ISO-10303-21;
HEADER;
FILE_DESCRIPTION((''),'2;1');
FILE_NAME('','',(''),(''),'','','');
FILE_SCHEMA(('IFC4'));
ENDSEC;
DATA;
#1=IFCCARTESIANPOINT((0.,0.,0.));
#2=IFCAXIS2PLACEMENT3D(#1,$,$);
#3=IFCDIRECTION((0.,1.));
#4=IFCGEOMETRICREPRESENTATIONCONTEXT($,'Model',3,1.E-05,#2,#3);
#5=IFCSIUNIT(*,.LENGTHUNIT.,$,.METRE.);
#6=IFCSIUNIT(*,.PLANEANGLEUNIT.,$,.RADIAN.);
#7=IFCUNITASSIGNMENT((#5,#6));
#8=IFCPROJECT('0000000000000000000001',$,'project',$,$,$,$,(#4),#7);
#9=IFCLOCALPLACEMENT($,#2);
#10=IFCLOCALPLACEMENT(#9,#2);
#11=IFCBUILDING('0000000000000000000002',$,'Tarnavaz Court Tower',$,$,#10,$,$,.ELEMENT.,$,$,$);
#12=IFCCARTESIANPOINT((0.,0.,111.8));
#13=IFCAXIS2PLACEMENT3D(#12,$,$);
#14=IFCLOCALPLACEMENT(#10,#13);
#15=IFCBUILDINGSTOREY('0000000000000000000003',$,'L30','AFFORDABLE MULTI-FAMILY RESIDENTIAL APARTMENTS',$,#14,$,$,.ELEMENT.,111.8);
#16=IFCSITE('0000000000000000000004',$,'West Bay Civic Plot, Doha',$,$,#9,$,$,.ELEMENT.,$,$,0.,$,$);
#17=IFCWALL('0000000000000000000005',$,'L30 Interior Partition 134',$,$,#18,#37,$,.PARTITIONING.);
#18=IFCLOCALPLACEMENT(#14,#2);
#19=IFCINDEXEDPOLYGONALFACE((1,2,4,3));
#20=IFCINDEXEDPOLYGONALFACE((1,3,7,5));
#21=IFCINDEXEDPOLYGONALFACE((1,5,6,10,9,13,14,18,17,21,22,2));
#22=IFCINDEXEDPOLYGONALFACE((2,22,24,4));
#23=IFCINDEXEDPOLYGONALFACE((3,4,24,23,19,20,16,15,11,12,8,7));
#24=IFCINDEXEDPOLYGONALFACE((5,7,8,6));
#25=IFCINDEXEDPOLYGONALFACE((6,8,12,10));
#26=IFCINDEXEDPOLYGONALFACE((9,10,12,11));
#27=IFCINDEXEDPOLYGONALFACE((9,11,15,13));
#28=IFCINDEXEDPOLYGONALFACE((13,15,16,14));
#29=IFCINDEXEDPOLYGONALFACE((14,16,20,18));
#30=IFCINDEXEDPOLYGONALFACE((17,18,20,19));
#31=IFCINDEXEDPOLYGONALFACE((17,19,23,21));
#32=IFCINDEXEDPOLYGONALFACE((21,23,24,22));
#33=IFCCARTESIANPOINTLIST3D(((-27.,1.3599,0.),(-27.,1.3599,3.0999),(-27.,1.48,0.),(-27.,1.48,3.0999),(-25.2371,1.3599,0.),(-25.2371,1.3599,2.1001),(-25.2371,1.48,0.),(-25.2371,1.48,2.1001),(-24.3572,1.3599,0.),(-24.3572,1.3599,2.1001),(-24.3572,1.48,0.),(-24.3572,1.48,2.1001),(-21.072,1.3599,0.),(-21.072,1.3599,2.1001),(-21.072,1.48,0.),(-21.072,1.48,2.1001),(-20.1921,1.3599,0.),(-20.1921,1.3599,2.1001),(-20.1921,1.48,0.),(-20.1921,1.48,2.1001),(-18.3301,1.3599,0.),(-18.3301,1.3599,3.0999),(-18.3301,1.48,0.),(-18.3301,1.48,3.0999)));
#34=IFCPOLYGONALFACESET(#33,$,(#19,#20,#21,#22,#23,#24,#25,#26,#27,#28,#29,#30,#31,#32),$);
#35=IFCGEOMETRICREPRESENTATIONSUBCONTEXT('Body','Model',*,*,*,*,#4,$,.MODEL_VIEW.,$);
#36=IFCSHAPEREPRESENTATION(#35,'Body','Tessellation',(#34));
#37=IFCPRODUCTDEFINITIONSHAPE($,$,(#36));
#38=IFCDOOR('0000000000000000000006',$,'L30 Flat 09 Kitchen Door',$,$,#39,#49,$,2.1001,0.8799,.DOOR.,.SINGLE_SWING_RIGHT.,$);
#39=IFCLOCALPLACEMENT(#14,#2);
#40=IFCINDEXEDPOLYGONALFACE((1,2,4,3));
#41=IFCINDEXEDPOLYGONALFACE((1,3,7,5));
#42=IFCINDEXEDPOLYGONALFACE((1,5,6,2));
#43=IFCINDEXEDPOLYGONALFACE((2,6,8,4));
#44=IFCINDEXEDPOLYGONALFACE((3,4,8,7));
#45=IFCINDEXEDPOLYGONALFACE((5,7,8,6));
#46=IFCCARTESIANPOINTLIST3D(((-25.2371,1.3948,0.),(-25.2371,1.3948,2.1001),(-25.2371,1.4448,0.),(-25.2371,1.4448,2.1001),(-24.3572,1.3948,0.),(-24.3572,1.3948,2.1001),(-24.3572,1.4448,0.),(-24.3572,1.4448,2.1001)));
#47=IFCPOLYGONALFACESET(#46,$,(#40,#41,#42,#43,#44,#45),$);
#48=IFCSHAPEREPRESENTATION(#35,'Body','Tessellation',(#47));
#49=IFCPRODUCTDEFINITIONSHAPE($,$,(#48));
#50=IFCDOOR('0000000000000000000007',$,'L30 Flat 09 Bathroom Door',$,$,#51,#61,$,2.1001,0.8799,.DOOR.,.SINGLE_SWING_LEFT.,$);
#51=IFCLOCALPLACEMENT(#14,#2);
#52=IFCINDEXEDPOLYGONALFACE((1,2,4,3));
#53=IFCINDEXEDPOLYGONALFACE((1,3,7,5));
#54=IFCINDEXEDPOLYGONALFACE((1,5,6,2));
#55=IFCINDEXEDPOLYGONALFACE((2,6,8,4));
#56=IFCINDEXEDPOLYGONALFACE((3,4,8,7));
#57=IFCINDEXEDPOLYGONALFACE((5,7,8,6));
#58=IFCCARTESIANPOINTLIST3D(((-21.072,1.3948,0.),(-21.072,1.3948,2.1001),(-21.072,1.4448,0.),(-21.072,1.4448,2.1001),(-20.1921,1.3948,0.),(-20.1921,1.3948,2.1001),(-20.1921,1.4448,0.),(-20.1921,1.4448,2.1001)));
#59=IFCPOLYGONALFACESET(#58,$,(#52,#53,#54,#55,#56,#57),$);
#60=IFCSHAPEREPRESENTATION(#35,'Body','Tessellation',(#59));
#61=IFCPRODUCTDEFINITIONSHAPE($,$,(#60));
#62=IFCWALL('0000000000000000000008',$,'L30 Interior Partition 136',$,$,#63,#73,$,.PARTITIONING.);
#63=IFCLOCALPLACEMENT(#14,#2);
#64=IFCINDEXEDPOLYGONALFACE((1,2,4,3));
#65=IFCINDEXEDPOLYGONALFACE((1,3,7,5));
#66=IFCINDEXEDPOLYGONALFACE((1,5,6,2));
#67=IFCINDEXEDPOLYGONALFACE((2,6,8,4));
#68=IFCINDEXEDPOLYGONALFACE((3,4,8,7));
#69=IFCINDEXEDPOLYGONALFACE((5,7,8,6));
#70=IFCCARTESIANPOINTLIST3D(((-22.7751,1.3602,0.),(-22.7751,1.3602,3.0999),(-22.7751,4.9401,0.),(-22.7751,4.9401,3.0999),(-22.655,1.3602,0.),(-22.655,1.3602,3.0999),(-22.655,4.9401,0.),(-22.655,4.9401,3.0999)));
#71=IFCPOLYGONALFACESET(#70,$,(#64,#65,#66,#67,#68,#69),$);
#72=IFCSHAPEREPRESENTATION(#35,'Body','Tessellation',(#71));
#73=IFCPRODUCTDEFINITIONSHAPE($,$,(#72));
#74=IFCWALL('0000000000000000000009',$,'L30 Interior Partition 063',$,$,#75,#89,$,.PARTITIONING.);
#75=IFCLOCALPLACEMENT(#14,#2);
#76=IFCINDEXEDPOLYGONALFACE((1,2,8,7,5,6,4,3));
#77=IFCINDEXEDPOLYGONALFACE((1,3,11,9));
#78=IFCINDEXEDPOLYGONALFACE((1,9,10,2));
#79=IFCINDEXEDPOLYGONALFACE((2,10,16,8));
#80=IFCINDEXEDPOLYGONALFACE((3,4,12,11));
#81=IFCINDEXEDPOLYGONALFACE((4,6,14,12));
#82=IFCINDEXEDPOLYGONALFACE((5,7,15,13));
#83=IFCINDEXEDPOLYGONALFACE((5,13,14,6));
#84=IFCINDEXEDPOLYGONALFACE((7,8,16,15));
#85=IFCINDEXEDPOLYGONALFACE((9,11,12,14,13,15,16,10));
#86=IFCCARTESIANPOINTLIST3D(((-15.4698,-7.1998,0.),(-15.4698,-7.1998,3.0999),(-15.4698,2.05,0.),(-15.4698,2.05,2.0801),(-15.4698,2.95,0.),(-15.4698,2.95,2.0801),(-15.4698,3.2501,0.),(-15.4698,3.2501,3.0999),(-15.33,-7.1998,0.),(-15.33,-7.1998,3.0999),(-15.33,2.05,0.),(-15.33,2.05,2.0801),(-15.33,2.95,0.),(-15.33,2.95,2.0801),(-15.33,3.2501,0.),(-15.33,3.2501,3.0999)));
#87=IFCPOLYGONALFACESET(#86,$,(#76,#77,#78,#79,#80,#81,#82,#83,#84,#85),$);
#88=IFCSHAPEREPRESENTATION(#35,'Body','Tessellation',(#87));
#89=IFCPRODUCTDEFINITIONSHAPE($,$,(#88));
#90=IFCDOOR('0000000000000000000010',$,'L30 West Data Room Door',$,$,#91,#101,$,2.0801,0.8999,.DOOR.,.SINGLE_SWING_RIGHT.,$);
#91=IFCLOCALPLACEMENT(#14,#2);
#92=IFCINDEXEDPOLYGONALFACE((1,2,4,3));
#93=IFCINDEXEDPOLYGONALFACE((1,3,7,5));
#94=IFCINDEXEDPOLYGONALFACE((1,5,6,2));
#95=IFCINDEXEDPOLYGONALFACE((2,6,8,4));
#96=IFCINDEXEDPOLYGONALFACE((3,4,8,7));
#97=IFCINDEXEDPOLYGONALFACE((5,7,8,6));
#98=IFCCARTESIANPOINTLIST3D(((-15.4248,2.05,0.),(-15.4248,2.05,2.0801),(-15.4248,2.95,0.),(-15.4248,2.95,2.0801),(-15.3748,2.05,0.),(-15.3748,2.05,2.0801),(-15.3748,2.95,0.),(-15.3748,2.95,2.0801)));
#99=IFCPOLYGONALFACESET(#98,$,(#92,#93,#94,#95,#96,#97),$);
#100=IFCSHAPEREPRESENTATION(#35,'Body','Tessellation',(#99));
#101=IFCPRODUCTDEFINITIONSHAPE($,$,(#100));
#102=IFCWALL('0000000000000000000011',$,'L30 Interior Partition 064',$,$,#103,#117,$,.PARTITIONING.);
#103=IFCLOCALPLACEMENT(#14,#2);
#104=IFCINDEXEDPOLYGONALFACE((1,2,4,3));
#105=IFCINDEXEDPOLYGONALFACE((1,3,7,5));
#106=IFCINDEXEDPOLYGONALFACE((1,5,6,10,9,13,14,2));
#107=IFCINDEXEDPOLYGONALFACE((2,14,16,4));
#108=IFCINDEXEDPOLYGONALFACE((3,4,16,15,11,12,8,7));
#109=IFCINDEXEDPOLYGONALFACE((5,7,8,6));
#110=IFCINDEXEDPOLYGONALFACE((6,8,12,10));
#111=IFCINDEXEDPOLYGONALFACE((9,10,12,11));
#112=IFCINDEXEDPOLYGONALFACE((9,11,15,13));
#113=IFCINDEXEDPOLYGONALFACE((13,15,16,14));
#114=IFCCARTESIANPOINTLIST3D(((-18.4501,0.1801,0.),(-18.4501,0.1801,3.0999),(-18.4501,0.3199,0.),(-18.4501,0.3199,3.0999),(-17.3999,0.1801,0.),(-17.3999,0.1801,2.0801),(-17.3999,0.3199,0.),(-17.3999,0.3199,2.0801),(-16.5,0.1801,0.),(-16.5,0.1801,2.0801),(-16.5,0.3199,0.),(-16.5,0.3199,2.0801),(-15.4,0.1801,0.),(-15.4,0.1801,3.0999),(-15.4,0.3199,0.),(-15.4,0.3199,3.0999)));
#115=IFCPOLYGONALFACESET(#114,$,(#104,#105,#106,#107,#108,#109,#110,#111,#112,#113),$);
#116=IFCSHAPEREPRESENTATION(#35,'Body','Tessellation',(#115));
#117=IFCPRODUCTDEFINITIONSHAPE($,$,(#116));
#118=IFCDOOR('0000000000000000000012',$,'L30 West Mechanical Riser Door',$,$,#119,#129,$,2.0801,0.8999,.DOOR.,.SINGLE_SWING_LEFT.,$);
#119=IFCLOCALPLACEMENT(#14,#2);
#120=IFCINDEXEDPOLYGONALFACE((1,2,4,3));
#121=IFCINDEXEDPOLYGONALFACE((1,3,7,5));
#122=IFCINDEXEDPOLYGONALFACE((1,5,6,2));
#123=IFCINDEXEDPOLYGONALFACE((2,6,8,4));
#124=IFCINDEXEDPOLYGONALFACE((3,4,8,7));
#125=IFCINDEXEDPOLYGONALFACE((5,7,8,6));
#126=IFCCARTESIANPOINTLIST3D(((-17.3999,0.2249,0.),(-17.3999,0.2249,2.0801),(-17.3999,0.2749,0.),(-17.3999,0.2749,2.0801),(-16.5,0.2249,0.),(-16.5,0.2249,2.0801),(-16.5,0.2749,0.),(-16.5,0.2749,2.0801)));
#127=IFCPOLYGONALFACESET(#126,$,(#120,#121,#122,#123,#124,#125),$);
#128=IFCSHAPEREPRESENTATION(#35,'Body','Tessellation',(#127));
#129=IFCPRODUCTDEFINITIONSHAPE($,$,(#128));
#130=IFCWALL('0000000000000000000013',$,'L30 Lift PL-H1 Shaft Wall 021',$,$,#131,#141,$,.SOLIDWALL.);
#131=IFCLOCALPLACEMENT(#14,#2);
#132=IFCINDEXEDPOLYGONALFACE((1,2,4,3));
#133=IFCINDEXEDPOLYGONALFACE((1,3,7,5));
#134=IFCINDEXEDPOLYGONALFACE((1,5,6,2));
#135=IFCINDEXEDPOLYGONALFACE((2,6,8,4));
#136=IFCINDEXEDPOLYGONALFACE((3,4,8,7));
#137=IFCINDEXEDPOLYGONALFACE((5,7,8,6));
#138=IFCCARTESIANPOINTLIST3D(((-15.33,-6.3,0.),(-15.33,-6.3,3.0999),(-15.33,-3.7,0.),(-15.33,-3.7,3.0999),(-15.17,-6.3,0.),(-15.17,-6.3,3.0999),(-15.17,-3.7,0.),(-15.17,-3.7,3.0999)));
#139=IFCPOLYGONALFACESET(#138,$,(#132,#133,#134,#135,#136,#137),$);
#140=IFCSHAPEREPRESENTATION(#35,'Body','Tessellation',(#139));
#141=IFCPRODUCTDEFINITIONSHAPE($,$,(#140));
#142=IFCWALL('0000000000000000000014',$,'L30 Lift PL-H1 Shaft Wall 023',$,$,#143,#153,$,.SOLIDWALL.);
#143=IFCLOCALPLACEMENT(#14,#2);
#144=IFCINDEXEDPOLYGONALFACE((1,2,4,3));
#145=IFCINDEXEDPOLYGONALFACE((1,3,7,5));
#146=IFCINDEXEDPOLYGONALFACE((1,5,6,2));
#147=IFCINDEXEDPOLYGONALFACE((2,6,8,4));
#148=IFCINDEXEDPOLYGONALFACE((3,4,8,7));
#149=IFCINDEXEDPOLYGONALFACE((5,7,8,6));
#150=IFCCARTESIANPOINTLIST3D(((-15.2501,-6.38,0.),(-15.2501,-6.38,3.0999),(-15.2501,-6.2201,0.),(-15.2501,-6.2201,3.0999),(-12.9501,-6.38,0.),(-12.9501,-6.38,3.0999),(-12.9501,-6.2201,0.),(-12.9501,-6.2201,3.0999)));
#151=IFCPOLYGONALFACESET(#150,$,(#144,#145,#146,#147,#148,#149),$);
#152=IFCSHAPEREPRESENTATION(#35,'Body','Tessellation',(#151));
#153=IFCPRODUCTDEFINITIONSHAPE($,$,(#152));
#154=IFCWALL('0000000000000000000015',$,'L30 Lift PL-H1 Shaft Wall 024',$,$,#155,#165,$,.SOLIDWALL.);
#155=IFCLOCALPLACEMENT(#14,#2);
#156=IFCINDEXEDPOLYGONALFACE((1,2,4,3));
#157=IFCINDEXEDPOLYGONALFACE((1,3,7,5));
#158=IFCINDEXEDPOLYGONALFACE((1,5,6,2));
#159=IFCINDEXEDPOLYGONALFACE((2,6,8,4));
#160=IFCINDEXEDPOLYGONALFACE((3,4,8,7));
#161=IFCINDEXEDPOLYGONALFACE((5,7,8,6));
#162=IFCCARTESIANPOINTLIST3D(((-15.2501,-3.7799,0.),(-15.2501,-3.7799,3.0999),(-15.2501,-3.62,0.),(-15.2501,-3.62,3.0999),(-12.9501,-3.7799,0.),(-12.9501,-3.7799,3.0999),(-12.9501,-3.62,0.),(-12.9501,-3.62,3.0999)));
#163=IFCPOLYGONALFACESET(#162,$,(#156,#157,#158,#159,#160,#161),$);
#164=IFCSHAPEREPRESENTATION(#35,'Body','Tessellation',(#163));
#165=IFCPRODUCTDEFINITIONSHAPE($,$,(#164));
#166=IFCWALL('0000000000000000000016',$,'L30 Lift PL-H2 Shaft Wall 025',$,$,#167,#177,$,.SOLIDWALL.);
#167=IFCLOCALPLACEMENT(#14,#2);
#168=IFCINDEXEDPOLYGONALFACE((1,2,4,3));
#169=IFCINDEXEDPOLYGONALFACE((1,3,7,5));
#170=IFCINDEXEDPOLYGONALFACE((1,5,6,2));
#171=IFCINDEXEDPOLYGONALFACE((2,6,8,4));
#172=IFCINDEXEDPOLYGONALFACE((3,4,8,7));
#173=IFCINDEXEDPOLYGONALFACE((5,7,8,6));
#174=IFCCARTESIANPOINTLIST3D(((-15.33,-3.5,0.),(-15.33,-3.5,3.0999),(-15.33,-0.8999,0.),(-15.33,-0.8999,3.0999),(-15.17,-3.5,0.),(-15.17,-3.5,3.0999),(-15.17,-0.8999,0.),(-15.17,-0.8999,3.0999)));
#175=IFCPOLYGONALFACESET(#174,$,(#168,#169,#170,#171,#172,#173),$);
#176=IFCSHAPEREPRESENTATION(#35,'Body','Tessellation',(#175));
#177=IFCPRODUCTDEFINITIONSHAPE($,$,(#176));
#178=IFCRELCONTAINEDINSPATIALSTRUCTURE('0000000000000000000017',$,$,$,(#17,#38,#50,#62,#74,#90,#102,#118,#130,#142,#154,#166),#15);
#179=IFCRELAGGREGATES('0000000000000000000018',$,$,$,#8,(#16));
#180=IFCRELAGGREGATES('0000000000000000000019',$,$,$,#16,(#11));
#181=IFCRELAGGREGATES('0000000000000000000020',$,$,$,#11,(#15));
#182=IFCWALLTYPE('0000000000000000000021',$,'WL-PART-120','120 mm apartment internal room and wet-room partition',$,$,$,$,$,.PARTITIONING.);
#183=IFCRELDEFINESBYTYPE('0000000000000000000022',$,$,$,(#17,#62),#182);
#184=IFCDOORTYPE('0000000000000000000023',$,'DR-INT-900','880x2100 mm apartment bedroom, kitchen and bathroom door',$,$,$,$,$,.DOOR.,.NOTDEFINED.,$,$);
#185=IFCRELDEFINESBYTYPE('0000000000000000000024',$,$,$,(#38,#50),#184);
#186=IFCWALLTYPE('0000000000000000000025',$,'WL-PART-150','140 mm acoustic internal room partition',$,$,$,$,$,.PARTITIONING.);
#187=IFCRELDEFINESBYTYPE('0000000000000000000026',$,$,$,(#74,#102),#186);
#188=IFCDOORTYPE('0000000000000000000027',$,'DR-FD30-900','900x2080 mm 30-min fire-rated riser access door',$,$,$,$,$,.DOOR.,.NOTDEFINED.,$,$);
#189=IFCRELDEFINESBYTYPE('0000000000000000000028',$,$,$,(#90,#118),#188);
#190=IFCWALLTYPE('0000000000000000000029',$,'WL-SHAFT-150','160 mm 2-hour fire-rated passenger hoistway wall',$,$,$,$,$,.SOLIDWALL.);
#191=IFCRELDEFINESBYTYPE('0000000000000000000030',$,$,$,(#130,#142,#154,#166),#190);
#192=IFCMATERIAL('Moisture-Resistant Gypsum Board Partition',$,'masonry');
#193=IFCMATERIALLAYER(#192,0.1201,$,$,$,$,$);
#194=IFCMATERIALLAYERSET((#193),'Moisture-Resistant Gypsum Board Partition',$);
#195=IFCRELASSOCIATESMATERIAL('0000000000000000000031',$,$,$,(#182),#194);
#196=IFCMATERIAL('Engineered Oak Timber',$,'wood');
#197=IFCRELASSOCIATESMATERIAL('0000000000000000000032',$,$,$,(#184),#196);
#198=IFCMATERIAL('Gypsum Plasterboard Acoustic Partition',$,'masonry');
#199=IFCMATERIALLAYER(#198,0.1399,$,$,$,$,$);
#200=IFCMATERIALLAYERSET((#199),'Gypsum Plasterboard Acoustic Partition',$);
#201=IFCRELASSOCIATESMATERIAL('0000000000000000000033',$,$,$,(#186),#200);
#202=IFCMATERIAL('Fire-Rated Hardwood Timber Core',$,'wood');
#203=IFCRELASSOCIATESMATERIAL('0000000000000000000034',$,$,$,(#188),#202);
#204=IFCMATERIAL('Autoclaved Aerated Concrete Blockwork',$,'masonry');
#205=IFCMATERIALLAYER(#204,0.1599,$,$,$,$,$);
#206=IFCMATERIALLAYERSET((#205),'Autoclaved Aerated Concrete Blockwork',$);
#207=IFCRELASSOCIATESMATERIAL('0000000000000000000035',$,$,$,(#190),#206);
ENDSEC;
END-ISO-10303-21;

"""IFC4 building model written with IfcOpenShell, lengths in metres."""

from ifc_helpers import new_model, si_unit, direction, frame, frame_2d, origin, place, context, subcontext, project, spatial, rectangle, extrude, material, layer, layer_set, type_object, element, fill, save


model = new_model("IFC4")

# Units and contexts
model_context = context("Model", 3, precision=1e-05, world=origin(), true_north=direction((0.0, 1.0)))
body_context = subcontext(model_context, "Body", "Model", "MODEL_VIEW")
ifc_project = project(units=[si_unit("LENGTHUNIT", "METRE"), si_unit("PLANEANGLEUNIT", "RADIAN")], contexts=[model_context])

# Site, building, storey
site_placement = place(None, origin())
site = spatial("IfcSite", under=ifc_project, at=site_placement, Name="West Bay Civic Plot, Doha", CompositionType="ELEMENT", RefElevation=0.0)
building_placement = place(site_placement, origin())
building = spatial("IfcBuilding", under=site, at=building_placement, Name="Tarnavaz Court Tower", CompositionType="ELEMENT")
storey_placement = place(building_placement, frame((0.0, 0.0, 111.8)))
storey = spatial("IfcBuildingStorey", under=building, at=storey_placement, Name="L30", Description="AFFORDABLE MULTI-FAMILY RESIDENTIAL APARTMENTS", CompositionType="ELEMENT", Elevation=111.8)

# Wall, openings, doors
ifc_material_1 = material(Name="Moisture-Resistant Gypsum Board Partition", Category="masonry")
ifc_layer_1 = layer(ifc_material_1, 0.1201)
ifc_layer_set_1 = layer_set([ifc_layer_1], Name="Moisture-Resistant Gypsum Board Partition")
wall_type_1 = type_object("IfcWallType", Name="WL-PART-120", Description="120 mm apartment internal room and wet-room partition", PredefinedType="PARTITIONING", material=ifc_layer_set_1)
wall_1_placement = place(storey_placement, frame((-27.0, 1.4199, 0.0), z_axis=(0.0, 0.0, 1.0), x_axis=(1.0, 0.0, 0.0)))
wall_1 = element("IfcWall", 1, at=wall_1_placement, inside=storey, type_object=wall_type_1, Name="L30 Interior Partition 134", PredefinedType="PARTITIONING", context=body_context, shape_type="SweptSolid", body=[
    extrude(rectangle(XDim=8.6699, YDim=0.1201, at=frame_2d((4.335, 0.0))), origin(), (0.0, 0.0, 1.0), 3.0999),
])
opening_1_placement = place(wall_1_placement, frame((1.7629, 0.0, 0.0)))
opening_1 = element("IfcOpeningElement", 2, at=opening_1_placement, cuts=wall_1, PredefinedType="OPENING", context=body_context, shape_type="SweptSolid", body=[
    extrude(rectangle(XDim=0.8799, YDim=2.1001, at=frame_2d((0.4399, 1.05))), frame((0.0, 0.0701, 0.0), z_axis=(0.0, -1.0, 0.0), x_axis=(1.0, 0.0, 0.0)), (0.0, 0.0, 1.0), 0.1401),
])
opening_2_placement = place(wall_1_placement, frame((5.928, 0.0, 0.0)))
opening_2 = element("IfcOpeningElement", 3, at=opening_2_placement, cuts=wall_1, PredefinedType="OPENING", context=body_context, shape_type="SweptSolid", body=[
    extrude(rectangle(XDim=0.8799, YDim=2.1001, at=frame_2d((0.4399, 1.05))), frame((0.0, 0.0701, 0.0), z_axis=(0.0, -1.0, 0.0), x_axis=(1.0, 0.0, 0.0)), (0.0, 0.0, 1.0), 0.1401),
])
ifc_material_2 = material(Name="Engineered Oak Timber", Category="wood")
door_type_1 = type_object("IfcDoorType", Name="DR-INT-900", Description="880x2100 mm apartment bedroom, kitchen and bathroom door", OperationType="NOTDEFINED", PredefinedType="DOOR", material=ifc_material_2)
door_1_placement = place(opening_1_placement, origin())
door_1 = element("IfcDoor", 4, at=door_1_placement, inside=storey, type_object=door_type_1, Name="L30 Flat 09 Kitchen Door", OperationType="SINGLE_SWING_RIGHT", OverallHeight=2.1001, OverallWidth=0.8799, PredefinedType="DOOR", context=body_context, shape_type="SweptSolid", body=[
    extrude(rectangle(XDim=0.8799, YDim=2.1001, at=frame_2d((0.4399, 1.05))), frame((0.0, 0.0249, 0.0), z_axis=(0.0, -1.0, 0.0), x_axis=(1.0, 0.0, 0.0)), (0.0, 0.0, 1.0), 0.05),
])
fill(opening_1, door_1)
door_2_placement = place(opening_2_placement, origin())
door_2 = element("IfcDoor", 5, at=door_2_placement, inside=storey, type_object=door_type_1, Name="L30 Flat 09 Bathroom Door", OperationType="SINGLE_SWING_LEFT", OverallHeight=2.1001, OverallWidth=0.8799, PredefinedType="DOOR", context=body_context, shape_type="SweptSolid", body=[
    extrude(rectangle(XDim=0.8799, YDim=2.1001, at=frame_2d((0.4399, 1.05))), frame((0.0, 0.0249, 0.0), z_axis=(0.0, -1.0, 0.0), x_axis=(1.0, 0.0, 0.0)), (0.0, 0.0, 1.0), 0.05),
])
fill(opening_2, door_2)

# Wall
wall_2_placement = place(storey_placement, frame((-22.7151, 1.3601, 0.0), z_axis=(0.0, 0.0, 1.0), x_axis=(0.0, 1.0, 0.0)))
element("IfcWall", 6, at=wall_2_placement, inside=storey, type_object=wall_type_1, Name="L30 Interior Partition 136", PredefinedType="PARTITIONING", context=body_context, shape_type="SweptSolid", body=[
    extrude(rectangle(XDim=3.5798, YDim=0.1201, at=frame_2d((1.79, 0.0))), origin(), (0.0, 0.0, 1.0), 3.0999),
])

# Walls, openings, doors
ifc_material_3 = material(Name="Gypsum Plasterboard Acoustic Partition", Category="masonry")
ifc_layer_2 = layer(ifc_material_3, 0.1399)
ifc_layer_set_2 = layer_set([ifc_layer_2], Name="Gypsum Plasterboard Acoustic Partition")
wall_type_2 = type_object("IfcWallType", Name="WL-PART-150", Description="140 mm acoustic internal room partition", PredefinedType="PARTITIONING", material=ifc_layer_set_2)
wall_3_placement = place(storey_placement, frame((-15.3999, -7.2, 0.0), z_axis=(0.0, 0.0, 1.0), x_axis=(0.0, 1.0, 0.0)))
wall_3 = element("IfcWall", 7, at=wall_3_placement, inside=storey, type_object=wall_type_2, Name="L30 Interior Partition 063", PredefinedType="PARTITIONING", context=body_context, shape_type="SweptSolid", body=[
    extrude(rectangle(XDim=10.45, YDim=0.1399, at=frame_2d((5.2251, 0.0))), origin(), (0.0, 0.0, 1.0), 3.0999),
])
opening_3_placement = place(wall_3_placement, frame((9.25, 0.0, 0.0)))
opening_3 = element("IfcOpeningElement", 8, at=opening_3_placement, cuts=wall_3, PredefinedType="OPENING", context=body_context, shape_type="SweptSolid", body=[
    extrude(rectangle(XDim=0.8999, YDim=2.0801, at=frame_2d((0.45, 1.04))), frame((0.0, 0.0798, 0.0), z_axis=(0.0, -1.0, 0.0), x_axis=(1.0, 0.0, 0.0)), (0.0, 0.0, 1.0), 0.1599),
])
ifc_material_4 = material(Name="Fire-Rated Hardwood Timber Core", Category="wood")
door_type_2 = type_object("IfcDoorType", Name="DR-FD30-900", Description="900x2080 mm 30-min fire-rated riser access door", OperationType="NOTDEFINED", PredefinedType="DOOR", material=ifc_material_4)
door_3_placement = place(opening_3_placement, origin())
door_3 = element("IfcDoor", 9, at=door_3_placement, inside=storey, type_object=door_type_2, Name="L30 West Data Room Door", OperationType="SINGLE_SWING_RIGHT", OverallHeight=2.0801, OverallWidth=0.8999, PredefinedType="DOOR", context=body_context, shape_type="SweptSolid", body=[
    extrude(rectangle(XDim=0.8999, YDim=2.0801, at=frame_2d((0.45, 1.04))), frame((0.0, 0.0249, 0.0), z_axis=(0.0, -1.0, 0.0), x_axis=(1.0, 0.0, 0.0)), (0.0, 0.0, 1.0), 0.05),
])
fill(opening_3, door_3)
wall_4_placement = place(storey_placement, frame((-18.45, 0.25, 0.0), z_axis=(0.0, 0.0, 1.0), x_axis=(1.0, 0.0, 0.0)))
wall_4 = element("IfcWall", 10, at=wall_4_placement, inside=storey, type_object=wall_type_2, Name="L30 Interior Partition 064", PredefinedType="PARTITIONING", context=body_context, shape_type="SweptSolid", body=[
    extrude(rectangle(XDim=3.05, YDim=0.1399, at=frame_2d((1.5249, 0.0))), origin(), (0.0, 0.0, 1.0), 3.0999),
])
opening_4_placement = place(wall_4_placement, frame((1.05, 0.0, 0.0)))
opening_4 = element("IfcOpeningElement", 11, at=opening_4_placement, cuts=wall_4, PredefinedType="OPENING", context=body_context, shape_type="SweptSolid", body=[
    extrude(rectangle(XDim=0.8999, YDim=2.0801, at=frame_2d((0.45, 1.04))), frame((0.0, 0.0798, 0.0), z_axis=(0.0, -1.0, 0.0), x_axis=(1.0, 0.0, 0.0)), (0.0, 0.0, 1.0), 0.1599),
])
door_4_placement = place(opening_4_placement, origin())
door_4 = element("IfcDoor", 12, at=door_4_placement, inside=storey, type_object=door_type_2, Name="L30 West Mechanical Riser Door", OperationType="SINGLE_SWING_LEFT", OverallHeight=2.0801, OverallWidth=0.8999, PredefinedType="DOOR", context=body_context, shape_type="SweptSolid", body=[
    extrude(rectangle(XDim=0.8999, YDim=2.0801, at=frame_2d((0.45, 1.04))), frame((0.0, 0.0249, 0.0), z_axis=(0.0, -1.0, 0.0), x_axis=(1.0, 0.0, 0.0)), (0.0, 0.0, 1.0), 0.05),
])
fill(opening_4, door_4)

# Walls
ifc_material_5 = material(Name="Autoclaved Aerated Concrete Blockwork", Category="masonry")
ifc_layer_3 = layer(ifc_material_5, 0.1599)
ifc_layer_set_3 = layer_set([ifc_layer_3], Name="Autoclaved Aerated Concrete Blockwork")
wall_type_3 = type_object("IfcWallType", Name="WL-SHAFT-150", Description="160 mm 2-hour fire-rated passenger hoistway wall", PredefinedType="SOLIDWALL", material=ifc_layer_set_3)
wall_5_placement = place(storey_placement, frame((-15.25, -6.3, 0.0), z_axis=(0.0, 0.0, 1.0), x_axis=(0.0, 1.0, 0.0)))
element("IfcWall", 13, at=wall_5_placement, inside=storey, type_object=wall_type_3, Name="L30 Lift PL-H1 Shaft Wall 021", PredefinedType="SOLIDWALL", context=body_context, shape_type="SweptSolid", body=[
    extrude(rectangle(XDim=2.6001, YDim=0.1599, at=frame_2d((1.3, 0.0))), origin(), (0.0, 0.0, 1.0), 3.0999),
])
for number, where, z_axis, x_axis, name in (
    (14, (-15.25, -6.3, 0.0), (0.0, 0.0, 1.0), (1.0, 0.0, 0.0), "L30 Lift PL-H1 Shaft Wall 023"),
    (15, (-15.25, -3.7, 0.0), (0.0, 0.0, 1.0), (1.0, 0.0, 0.0), "L30 Lift PL-H1 Shaft Wall 024"),
):
    element("IfcWall", number, at=place(storey_placement, frame(where, z_axis=z_axis, x_axis=x_axis)), inside=storey, type_object=wall_type_3, Name=name, PredefinedType="SOLIDWALL", context=body_context, shape_type="SweptSolid", body=[
        extrude(rectangle(XDim=2.3, YDim=0.1599, at=frame_2d((1.1499, 0.0))), origin(), (0.0, 0.0, 1.0), 3.0999),
    ])
wall_6_placement = place(storey_placement, frame((-15.25, -3.5, 0.0), z_axis=(0.0, 0.0, 1.0), x_axis=(0.0, 1.0, 0.0)))
element("IfcWall", 16, at=wall_6_placement, inside=storey, type_object=wall_type_3, Name="L30 Lift PL-H2 Shaft Wall 025", PredefinedType="SOLIDWALL", context=body_context, shape_type="SweptSolid", body=[
    extrude(rectangle(XDim=2.6001, YDim=0.1599, at=frame_2d((1.3, 0.0))), origin(), (0.0, 0.0, 1.0), 3.0999),
])

save(model, "model.ifc")
